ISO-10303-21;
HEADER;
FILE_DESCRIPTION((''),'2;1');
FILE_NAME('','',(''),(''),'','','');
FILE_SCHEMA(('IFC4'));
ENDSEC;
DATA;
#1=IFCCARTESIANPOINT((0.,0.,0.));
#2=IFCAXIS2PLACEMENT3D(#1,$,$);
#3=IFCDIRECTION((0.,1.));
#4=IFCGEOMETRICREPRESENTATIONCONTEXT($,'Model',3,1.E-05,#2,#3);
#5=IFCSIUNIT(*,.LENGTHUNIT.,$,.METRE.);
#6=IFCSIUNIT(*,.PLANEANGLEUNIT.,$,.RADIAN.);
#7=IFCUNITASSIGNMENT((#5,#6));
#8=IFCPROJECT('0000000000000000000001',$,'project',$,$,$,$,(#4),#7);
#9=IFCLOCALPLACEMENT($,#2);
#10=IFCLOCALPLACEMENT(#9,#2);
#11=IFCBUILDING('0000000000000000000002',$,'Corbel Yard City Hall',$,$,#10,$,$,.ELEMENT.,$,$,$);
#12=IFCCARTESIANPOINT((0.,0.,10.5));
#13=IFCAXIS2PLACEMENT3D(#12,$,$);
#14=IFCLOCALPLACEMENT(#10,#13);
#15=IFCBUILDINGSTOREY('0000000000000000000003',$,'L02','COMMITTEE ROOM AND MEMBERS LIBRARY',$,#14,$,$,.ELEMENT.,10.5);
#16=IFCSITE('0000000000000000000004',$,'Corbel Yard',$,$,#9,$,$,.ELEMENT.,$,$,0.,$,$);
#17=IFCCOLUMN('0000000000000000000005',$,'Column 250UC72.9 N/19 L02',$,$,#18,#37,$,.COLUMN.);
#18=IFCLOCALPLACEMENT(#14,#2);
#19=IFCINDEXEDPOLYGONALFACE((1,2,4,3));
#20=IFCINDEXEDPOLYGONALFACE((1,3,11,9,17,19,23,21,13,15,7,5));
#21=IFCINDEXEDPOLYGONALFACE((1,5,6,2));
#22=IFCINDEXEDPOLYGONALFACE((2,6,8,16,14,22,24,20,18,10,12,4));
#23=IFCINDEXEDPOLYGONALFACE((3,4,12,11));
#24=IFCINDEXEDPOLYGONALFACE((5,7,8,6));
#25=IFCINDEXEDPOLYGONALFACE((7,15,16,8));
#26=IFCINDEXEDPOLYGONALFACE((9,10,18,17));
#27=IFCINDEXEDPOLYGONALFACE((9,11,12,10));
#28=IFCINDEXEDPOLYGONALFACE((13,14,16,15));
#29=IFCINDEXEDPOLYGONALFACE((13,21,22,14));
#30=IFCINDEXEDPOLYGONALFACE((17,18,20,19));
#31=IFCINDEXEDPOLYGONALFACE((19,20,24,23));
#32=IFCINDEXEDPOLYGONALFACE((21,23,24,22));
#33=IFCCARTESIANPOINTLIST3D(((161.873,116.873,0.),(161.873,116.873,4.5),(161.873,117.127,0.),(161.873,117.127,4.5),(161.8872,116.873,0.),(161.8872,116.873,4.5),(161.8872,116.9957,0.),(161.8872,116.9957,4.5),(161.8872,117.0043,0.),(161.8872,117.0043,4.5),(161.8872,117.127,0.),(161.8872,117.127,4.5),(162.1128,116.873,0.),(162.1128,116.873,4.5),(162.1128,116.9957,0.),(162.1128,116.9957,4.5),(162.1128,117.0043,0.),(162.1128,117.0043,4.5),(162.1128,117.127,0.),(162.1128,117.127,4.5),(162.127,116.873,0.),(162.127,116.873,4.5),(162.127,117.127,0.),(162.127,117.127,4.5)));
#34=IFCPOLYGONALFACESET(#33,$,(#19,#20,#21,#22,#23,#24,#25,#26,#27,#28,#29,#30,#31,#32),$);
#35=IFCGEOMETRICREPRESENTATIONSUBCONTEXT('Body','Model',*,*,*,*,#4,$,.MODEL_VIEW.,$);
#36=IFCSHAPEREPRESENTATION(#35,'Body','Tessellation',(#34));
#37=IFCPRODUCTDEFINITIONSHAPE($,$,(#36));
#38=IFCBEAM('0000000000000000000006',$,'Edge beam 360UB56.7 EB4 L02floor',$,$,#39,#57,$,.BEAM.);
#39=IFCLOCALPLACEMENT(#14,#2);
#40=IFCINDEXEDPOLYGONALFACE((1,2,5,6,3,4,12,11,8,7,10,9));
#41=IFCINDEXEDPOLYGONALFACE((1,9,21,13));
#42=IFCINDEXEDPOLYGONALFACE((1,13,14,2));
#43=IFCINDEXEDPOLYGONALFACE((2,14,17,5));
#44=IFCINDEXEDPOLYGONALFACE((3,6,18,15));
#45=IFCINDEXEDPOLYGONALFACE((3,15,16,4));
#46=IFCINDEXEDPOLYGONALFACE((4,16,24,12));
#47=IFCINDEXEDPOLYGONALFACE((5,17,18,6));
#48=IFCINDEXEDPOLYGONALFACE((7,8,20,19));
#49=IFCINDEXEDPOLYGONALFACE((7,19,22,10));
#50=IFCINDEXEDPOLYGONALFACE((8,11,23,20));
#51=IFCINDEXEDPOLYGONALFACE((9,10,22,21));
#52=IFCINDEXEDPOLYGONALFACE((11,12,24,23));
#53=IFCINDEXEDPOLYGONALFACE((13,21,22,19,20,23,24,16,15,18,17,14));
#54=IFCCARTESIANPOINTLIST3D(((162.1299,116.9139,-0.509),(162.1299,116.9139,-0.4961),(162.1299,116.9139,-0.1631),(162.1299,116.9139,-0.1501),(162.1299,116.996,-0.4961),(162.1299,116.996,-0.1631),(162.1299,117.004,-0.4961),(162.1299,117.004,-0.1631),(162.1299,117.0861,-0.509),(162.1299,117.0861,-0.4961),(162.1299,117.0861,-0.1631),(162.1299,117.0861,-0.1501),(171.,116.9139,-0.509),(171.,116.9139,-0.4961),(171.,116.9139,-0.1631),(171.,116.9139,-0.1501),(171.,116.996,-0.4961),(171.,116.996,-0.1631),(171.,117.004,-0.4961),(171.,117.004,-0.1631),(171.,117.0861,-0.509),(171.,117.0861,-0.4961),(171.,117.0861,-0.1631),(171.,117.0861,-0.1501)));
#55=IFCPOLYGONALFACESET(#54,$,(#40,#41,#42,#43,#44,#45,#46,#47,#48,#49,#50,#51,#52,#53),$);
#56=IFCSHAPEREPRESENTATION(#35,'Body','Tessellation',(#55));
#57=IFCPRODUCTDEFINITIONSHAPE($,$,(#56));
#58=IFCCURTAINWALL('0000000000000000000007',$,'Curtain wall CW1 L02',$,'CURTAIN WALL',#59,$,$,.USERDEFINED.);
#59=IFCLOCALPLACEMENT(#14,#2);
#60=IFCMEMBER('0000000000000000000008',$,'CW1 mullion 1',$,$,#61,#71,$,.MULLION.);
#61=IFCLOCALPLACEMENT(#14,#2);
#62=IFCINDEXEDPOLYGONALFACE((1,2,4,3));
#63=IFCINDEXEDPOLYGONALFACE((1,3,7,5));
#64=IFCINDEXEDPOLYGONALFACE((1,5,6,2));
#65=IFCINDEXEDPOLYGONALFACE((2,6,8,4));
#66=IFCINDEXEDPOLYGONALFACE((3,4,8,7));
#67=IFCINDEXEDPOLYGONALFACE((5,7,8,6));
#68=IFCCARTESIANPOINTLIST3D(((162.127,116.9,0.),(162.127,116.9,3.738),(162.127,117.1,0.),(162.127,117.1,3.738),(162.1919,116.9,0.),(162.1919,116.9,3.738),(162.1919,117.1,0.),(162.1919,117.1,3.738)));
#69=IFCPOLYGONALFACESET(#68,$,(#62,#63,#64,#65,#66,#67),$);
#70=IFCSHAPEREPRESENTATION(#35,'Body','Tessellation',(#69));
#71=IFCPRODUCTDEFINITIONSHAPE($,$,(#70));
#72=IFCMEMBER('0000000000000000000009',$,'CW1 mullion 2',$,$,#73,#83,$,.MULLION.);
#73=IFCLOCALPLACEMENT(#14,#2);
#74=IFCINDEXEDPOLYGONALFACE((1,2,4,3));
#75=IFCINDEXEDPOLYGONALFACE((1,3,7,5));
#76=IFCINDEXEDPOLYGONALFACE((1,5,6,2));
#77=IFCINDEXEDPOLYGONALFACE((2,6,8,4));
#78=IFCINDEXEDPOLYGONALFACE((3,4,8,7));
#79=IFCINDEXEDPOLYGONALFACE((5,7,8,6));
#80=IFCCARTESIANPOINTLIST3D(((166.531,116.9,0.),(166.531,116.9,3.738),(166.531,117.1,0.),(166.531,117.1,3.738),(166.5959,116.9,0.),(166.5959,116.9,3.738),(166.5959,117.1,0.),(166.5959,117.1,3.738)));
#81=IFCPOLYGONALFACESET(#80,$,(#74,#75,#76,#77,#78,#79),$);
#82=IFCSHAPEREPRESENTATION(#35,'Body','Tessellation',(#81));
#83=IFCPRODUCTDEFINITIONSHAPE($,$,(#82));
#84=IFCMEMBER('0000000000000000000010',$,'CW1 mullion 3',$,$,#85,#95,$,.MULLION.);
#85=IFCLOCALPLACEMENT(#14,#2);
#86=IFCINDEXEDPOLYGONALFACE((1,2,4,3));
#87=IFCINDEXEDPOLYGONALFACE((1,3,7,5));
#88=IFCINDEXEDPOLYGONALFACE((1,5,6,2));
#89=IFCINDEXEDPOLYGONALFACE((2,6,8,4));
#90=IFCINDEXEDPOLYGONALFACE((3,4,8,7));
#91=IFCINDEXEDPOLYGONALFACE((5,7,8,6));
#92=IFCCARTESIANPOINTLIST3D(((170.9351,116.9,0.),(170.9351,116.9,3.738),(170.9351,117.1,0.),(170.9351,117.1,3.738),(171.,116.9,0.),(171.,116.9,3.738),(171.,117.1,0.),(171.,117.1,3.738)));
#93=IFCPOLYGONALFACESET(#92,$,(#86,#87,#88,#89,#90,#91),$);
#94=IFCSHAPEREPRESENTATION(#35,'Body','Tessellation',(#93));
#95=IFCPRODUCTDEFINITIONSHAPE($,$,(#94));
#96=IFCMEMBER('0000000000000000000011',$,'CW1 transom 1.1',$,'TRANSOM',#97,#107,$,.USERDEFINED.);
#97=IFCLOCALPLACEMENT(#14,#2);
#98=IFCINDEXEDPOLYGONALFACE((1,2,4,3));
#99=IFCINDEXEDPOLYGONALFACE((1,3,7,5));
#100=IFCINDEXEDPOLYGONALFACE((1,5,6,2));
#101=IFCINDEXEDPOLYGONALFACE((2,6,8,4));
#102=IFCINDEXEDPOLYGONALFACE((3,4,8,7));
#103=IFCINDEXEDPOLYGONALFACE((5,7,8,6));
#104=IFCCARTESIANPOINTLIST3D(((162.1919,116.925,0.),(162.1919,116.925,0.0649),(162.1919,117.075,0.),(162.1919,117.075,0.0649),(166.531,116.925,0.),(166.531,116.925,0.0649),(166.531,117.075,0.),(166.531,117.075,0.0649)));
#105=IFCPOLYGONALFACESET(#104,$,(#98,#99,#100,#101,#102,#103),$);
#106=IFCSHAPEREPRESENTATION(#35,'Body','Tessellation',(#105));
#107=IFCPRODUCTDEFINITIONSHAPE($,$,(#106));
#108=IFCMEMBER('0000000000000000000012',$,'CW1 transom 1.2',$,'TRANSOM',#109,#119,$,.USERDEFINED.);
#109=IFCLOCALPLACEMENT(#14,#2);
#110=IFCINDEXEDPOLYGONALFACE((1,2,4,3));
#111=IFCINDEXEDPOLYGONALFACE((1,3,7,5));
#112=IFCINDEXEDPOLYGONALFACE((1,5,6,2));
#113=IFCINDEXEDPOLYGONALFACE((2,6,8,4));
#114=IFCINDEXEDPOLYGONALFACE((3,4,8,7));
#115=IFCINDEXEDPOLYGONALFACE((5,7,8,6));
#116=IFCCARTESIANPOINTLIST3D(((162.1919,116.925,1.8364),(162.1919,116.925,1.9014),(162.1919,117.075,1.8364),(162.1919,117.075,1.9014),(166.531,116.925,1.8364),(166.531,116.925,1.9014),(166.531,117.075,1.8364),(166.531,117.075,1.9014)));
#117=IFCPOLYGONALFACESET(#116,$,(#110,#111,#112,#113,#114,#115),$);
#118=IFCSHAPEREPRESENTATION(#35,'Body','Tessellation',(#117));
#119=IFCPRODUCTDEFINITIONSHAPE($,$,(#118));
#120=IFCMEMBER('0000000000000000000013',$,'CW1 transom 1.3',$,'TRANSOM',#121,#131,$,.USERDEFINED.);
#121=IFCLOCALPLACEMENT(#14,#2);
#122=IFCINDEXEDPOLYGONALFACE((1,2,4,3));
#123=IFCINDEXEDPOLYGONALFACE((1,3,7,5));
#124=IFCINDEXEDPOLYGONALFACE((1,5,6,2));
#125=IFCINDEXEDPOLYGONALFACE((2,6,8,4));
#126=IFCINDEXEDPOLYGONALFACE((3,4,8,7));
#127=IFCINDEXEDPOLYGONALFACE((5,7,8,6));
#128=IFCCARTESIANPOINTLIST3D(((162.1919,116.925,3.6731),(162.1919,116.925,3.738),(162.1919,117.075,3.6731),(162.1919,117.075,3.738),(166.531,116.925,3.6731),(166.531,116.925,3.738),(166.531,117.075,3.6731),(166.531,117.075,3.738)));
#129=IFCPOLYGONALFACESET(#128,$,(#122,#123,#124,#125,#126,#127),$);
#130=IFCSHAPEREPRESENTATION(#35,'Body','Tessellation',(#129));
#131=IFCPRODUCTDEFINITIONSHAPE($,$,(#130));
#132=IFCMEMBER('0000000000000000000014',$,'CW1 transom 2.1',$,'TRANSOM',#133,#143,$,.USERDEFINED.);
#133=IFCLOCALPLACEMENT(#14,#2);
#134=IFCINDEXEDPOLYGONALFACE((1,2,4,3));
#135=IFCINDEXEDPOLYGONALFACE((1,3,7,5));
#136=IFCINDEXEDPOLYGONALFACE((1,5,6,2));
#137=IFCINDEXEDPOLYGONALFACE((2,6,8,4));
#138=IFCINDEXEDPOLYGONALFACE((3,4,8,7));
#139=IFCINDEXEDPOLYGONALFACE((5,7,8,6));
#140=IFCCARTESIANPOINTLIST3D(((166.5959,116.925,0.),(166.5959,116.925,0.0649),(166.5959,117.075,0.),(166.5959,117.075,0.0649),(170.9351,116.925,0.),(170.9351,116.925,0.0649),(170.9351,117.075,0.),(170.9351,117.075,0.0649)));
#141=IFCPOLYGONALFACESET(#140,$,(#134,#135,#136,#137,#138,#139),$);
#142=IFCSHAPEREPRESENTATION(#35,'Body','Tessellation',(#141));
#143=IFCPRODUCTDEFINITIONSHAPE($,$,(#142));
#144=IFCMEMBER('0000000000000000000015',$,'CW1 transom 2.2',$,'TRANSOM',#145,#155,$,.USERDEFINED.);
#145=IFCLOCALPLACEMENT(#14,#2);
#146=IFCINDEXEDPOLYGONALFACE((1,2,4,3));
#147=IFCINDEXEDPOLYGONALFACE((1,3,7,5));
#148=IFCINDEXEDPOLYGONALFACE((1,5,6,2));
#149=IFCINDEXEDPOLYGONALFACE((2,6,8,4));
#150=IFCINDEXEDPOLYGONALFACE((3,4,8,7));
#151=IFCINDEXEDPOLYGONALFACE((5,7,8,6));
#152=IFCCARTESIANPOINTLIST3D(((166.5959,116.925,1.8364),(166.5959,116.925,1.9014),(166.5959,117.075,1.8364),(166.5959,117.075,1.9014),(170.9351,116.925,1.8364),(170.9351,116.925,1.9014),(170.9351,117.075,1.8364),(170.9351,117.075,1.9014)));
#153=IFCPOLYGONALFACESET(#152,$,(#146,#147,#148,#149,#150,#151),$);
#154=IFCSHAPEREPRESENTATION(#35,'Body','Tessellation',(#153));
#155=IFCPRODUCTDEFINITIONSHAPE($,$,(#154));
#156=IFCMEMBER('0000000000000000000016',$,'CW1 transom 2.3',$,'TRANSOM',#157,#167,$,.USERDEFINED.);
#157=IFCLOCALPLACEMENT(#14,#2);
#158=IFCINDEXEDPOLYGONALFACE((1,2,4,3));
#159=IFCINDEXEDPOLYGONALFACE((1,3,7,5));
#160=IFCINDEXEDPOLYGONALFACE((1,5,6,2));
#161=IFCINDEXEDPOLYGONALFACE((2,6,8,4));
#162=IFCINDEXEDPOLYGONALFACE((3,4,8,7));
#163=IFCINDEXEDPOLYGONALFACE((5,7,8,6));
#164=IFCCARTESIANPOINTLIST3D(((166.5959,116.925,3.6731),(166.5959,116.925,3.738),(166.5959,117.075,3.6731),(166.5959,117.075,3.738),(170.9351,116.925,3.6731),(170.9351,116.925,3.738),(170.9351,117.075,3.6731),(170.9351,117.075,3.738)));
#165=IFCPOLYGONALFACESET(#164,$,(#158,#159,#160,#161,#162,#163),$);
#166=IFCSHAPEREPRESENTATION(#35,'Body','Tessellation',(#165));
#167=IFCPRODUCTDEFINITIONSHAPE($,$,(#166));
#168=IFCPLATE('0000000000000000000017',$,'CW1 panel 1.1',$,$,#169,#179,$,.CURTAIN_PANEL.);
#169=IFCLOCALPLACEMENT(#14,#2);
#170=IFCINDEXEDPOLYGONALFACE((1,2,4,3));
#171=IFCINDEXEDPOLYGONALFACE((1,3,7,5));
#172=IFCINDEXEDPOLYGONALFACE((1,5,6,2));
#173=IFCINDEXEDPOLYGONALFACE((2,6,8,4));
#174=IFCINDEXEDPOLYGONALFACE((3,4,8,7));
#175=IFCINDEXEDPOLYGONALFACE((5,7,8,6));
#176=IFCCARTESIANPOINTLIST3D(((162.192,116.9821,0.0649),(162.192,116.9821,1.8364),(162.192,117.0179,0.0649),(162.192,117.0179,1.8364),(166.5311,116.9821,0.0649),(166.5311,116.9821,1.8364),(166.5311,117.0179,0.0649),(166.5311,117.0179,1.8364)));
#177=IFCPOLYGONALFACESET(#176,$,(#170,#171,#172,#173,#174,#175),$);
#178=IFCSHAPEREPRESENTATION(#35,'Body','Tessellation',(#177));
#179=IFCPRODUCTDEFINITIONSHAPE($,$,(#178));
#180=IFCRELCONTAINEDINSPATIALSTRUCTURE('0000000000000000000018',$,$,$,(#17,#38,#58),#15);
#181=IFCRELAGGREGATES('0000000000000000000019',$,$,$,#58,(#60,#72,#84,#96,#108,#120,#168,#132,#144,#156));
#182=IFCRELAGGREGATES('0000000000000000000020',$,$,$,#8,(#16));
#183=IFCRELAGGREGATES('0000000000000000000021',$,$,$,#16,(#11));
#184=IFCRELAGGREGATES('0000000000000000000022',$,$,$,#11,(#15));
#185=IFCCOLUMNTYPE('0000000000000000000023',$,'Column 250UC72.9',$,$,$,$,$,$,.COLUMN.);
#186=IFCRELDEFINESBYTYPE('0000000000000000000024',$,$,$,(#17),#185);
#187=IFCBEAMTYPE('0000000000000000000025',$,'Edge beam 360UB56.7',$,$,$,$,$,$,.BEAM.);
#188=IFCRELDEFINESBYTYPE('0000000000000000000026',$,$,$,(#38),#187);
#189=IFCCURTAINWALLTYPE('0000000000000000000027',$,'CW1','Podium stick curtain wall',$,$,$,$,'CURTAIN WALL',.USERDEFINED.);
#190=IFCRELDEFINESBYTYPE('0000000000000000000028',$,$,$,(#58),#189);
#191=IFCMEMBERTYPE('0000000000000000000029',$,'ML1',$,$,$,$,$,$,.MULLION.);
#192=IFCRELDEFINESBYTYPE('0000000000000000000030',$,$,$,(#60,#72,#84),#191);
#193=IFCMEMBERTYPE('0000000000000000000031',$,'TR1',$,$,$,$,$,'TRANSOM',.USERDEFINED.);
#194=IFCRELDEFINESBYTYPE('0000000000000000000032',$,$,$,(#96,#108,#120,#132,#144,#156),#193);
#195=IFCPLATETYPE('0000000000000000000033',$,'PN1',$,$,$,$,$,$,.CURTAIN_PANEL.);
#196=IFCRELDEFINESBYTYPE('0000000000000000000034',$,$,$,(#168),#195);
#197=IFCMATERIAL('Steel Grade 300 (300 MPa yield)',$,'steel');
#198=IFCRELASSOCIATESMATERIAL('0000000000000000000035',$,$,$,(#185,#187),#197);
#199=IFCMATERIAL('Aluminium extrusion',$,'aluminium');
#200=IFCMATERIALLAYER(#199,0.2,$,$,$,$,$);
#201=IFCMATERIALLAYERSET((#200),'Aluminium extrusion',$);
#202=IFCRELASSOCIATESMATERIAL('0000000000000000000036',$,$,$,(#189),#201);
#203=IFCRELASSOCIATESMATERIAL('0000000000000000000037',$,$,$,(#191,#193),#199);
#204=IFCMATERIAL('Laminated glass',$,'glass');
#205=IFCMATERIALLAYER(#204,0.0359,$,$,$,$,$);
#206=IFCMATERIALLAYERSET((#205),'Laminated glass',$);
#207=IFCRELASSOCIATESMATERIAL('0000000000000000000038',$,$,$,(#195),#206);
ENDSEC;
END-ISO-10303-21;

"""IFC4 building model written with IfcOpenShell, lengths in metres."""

from ifc_helpers import new_model, si_unit, direction, frame, origin, origin_2d, place, context, subcontext, project, spatial, rectangle, i_section, extrude, material, layer, layer_set, material_profile, profile_set, type_object, element, aggregate, save


model = new_model("IFC4")

# Units and contexts
model_context = context("Model", 3, precision=1e-05, world=origin(), true_north=direction((0.0, 1.0)))
body_context = subcontext(model_context, "Body", "Model", "MODEL_VIEW")
ifc_project = project(units=[si_unit("LENGTHUNIT", "METRE"), si_unit("PLANEANGLEUNIT", "RADIAN")], contexts=[model_context])

# Site, building, storey
site_placement = place(None, origin())
site = spatial("IfcSite", under=ifc_project, at=site_placement, Name="Corbel Yard", CompositionType="ELEMENT", RefElevation=0.0)
building_placement = place(site_placement, origin())
building = spatial("IfcBuilding", under=site, at=building_placement, Name="Corbel Yard City Hall", CompositionType="ELEMENT")
storey_placement = place(building_placement, frame((0.0, 0.0, 10.5)))
storey = spatial("IfcBuildingStorey", under=building, at=storey_placement, Name="L02", Description="COMMITTEE ROOM AND MEMBERS LIBRARY", CompositionType="ELEMENT", Elevation=10.5)

# Column
ifc_material_1 = material(Name="Steel Grade 300 (300 MPa yield)", Category="steel")
ifc_material_profile_1 = material_profile(ifc_material_1, i_section(OverallWidth=0.2539, OverallDepth=0.2539, WebThickness=0.0085, FlangeThickness=0.0142, at=origin_2d()), Name="250UC72.9")
ifc_profile_set_1 = profile_set([ifc_material_profile_1], Name="Steel Grade 300 (300 MPa yield)")
column_type = type_object("IfcColumnType", Name="Column 250UC72.9", PredefinedType="COLUMN", material=ifc_profile_set_1)
column_placement = place(storey_placement, frame((162.0, 117.0, 0.0), z_axis=(0.0, 0.0, 1.0), x_axis=(0.0, 1.0, 0.0)))
element("IfcColumn", 1, at=column_placement, inside=storey, type_object=column_type, Name="Column 250UC72.9 N/19 L02", PredefinedType="COLUMN", context=body_context, shape_type="SweptSolid", body=[
    extrude(i_section(OverallWidth=0.2539, OverallDepth=0.2539, WebThickness=0.0085, FlangeThickness=0.0142, at=origin_2d()), origin(), (0.0, 0.0, 1.0), 4.5),
])

# Beam
ifc_material_profile_2 = material_profile(ifc_material_1, i_section(OverallWidth=0.1721, OverallDepth=0.3589, WebThickness=0.0081, FlangeThickness=0.0129, at=origin_2d()), Name="360UB56.7")
ifc_profile_set_2 = profile_set([ifc_material_profile_2], Name="Steel Grade 300 (300 MPa yield)")
beam_type = type_object("IfcBeamType", Name="Edge beam 360UB56.7", PredefinedType="BEAM", material=ifc_profile_set_2)
beam_placement = place(storey_placement, frame((162.1299, 117.0, -0.3296), z_axis=(1.0, 0.0, 0.0), x_axis=(0.0, 1.0, 0.0)))
element("IfcBeam", 2, at=beam_placement, inside=storey, type_object=beam_type, Name="Edge beam 360UB56.7 EB4 L02floor", PredefinedType="BEAM", context=body_context, shape_type="SweptSolid", body=[
    extrude(i_section(OverallWidth=0.1721, OverallDepth=0.3589, WebThickness=0.0081, FlangeThickness=0.0129, at=origin_2d()), origin(), (0.0, 0.0, 1.0), 8.8701),
])

# Curtain wall, members, plate
ifc_material_2 = material(Name="Aluminium extrusion", Category="aluminium")
ifc_layer_1 = layer(ifc_material_2, 0.2)
ifc_layer_set_1 = layer_set([ifc_layer_1], Name="Aluminium extrusion")
curtain_wall_type = type_object("IfcCurtainWallType", Name="CW1", Description="Podium stick curtain wall", ElementType="CURTAIN WALL", PredefinedType="USERDEFINED", material=ifc_layer_set_1)
curtain_wall_placement = place(storey_placement, origin())
curtain_wall = element("IfcCurtainWall", 3, at=curtain_wall_placement, inside=storey, type_object=curtain_wall_type, Name="Curtain wall CW1 L02", ObjectType="CURTAIN WALL", PredefinedType="USERDEFINED")
ifc_material_profile_3 = material_profile(ifc_material_2, rectangle(XDim=0.2, YDim=0.0649, at=origin_2d()), Name="200x65")
ifc_profile_set_3 = profile_set([ifc_material_profile_3], Name="Aluminium extrusion")
member_type_1 = type_object("IfcMemberType", Name="ML1", PredefinedType="MULLION", material=ifc_profile_set_3)
member_1_placement = place(storey_placement, frame((162.1594, 117.0, 0.0), z_axis=(0.0, 0.0, 1.0), x_axis=(0.0, 1.0, 0.0)))
member_1 = element("IfcMember", 4, at=member_1_placement, type_object=member_type_1, Name="CW1 mullion 1", PredefinedType="MULLION", context=body_context, shape_type="SweptSolid", body=[
    extrude(rectangle(XDim=0.2, YDim=0.0649, at=origin_2d()), origin(), (0.0, 0.0, 1.0), 3.738),
])
member_2_placement = place(storey_placement, frame((166.5635, 117.0, 0.0), z_axis=(0.0, 0.0, 1.0), x_axis=(0.0, 1.0, 0.0)))
member_2 = element("IfcMember", 5, at=member_2_placement, type_object=member_type_1, Name="CW1 mullion 2", PredefinedType="MULLION", context=body_context, shape_type="SweptSolid", body=[
    extrude(rectangle(XDim=0.2, YDim=0.0649, at=origin_2d()), origin(), (0.0, 0.0, 1.0), 3.738),
])
member_3_placement = place(storey_placement, frame((170.9675, 117.0, 0.0), z_axis=(0.0, 0.0, 1.0), x_axis=(0.0, 1.0, 0.0)))
member_3 = element("IfcMember", 6, at=member_3_placement, type_object=member_type_1, Name="CW1 mullion 3", PredefinedType="MULLION", context=body_context, shape_type="SweptSolid", body=[
    extrude(rectangle(XDim=0.2, YDim=0.0649, at=origin_2d()), origin(), (0.0, 0.0, 1.0), 3.738),
])
ifc_material_profile_4 = material_profile(ifc_material_2, rectangle(XDim=0.1499, YDim=0.0649, at=origin_2d()), Name="150x65")
ifc_profile_set_4 = profile_set([ifc_material_profile_4], Name="Aluminium extrusion")
member_type_2 = type_object("IfcMemberType", Name="TR1", ElementType="TRANSOM", PredefinedType="USERDEFINED", material=ifc_profile_set_4)
member_4_placement = place(storey_placement, frame((162.1919, 117.0, 0.0325), z_axis=(1.0, 0.0, 0.0), x_axis=(0.0, 1.0, 0.0)))
member_4 = element("IfcMember", 7, at=member_4_placement, type_object=member_type_2, Name="CW1 transom 1.1", ObjectType="TRANSOM", PredefinedType="USERDEFINED", context=body_context, shape_type="SweptSolid", body=[
    extrude(rectangle(XDim=0.1499, YDim=0.0649, at=origin_2d()), origin(), (0.0, 0.0, 1.0), 4.3391),
])
member_5_placement = place(storey_placement, frame((162.1919, 117.0, 1.8689), z_axis=(1.0, 0.0, 0.0), x_axis=(0.0, 1.0, 0.0)))
member_5 = element("IfcMember", 8, at=member_5_placement, type_object=member_type_2, Name="CW1 transom 1.2", ObjectType="TRANSOM", PredefinedType="USERDEFINED", context=body_context, shape_type="SweptSolid", body=[
    extrude(rectangle(XDim=0.1499, YDim=0.0649, at=origin_2d()), origin(), (0.0, 0.0, 1.0), 4.3391),
])
member_6_placement = place(storey_placement, frame((162.1919, 117.0, 3.7056), z_axis=(1.0, 0.0, 0.0), x_axis=(0.0, 1.0, 0.0)))
member_6 = element("IfcMember", 9, at=member_6_placement, type_object=member_type_2, Name="CW1 transom 1.3", ObjectType="TRANSOM", PredefinedType="USERDEFINED", context=body_context, shape_type="SweptSolid", body=[
    extrude(rectangle(XDim=0.1499, YDim=0.0649, at=origin_2d()), origin(), (0.0, 0.0, 1.0), 4.3391),
])
member_7_placement = place(storey_placement, frame((166.5959, 117.0, 0.0325), z_axis=(1.0, 0.0, 0.0), x_axis=(0.0, 1.0, 0.0)))
member_7 = element("IfcMember", 10, at=member_7_placement, type_object=member_type_2, Name="CW1 transom 2.1", ObjectType="TRANSOM", PredefinedType="USERDEFINED", context=body_context, shape_type="SweptSolid", body=[
    extrude(rectangle(XDim=0.1499, YDim=0.0649, at=origin_2d()), origin(), (0.0, 0.0, 1.0), 4.3391),
])
member_8_placement = place(storey_placement, frame((166.5959, 117.0, 1.8689), z_axis=(1.0, 0.0, 0.0), x_axis=(0.0, 1.0, 0.0)))
member_8 = element("IfcMember", 11, at=member_8_placement, type_object=member_type_2, Name="CW1 transom 2.2", ObjectType="TRANSOM", PredefinedType="USERDEFINED", context=body_context, shape_type="SweptSolid", body=[
    extrude(rectangle(XDim=0.1499, YDim=0.0649, at=origin_2d()), origin(), (0.0, 0.0, 1.0), 4.3391),
])
member_9_placement = place(storey_placement, frame((166.5959, 117.0, 3.7056), z_axis=(1.0, 0.0, 0.0), x_axis=(0.0, 1.0, 0.0)))
member_9 = element("IfcMember", 12, at=member_9_placement, type_object=member_type_2, Name="CW1 transom 2.3", ObjectType="TRANSOM", PredefinedType="USERDEFINED", context=body_context, shape_type="SweptSolid", body=[
    extrude(rectangle(XDim=0.1499, YDim=0.0649, at=origin_2d()), origin(), (0.0, 0.0, 1.0), 4.3391),
])
ifc_material_3 = material(Name="Laminated glass", Category="glass")
ifc_layer_2 = layer(ifc_material_3, 0.0359)
ifc_layer_set_2 = layer_set([ifc_layer_2], Name="Laminated glass")
plate_type = type_object("IfcPlateType", Name="PN1", PredefinedType="CURTAIN_PANEL", material=ifc_layer_set_2)
plate_1_placement = place(storey_placement, frame((164.3616, 117.0, 0.0649), z_axis=(0.0, 0.0, 1.0), x_axis=(1.0, 0.0, 0.0)))
plate_1 = element("IfcPlate", 13, at=plate_1_placement, type_object=plate_type, Name="CW1 panel 1.1", PredefinedType="CURTAIN_PANEL", context=body_context, shape_type="SweptSolid", body=[
    extrude(rectangle(XDim=4.3391, YDim=0.0359, at=origin_2d()), origin(), (0.0, 0.0, 1.0), 1.7715),
])
aggregate(curtain_wall, [member_1, member_2, member_3, member_4, member_5, member_6, plate_1, member_7, member_8, member_9])

save(model, "model.ifc")
